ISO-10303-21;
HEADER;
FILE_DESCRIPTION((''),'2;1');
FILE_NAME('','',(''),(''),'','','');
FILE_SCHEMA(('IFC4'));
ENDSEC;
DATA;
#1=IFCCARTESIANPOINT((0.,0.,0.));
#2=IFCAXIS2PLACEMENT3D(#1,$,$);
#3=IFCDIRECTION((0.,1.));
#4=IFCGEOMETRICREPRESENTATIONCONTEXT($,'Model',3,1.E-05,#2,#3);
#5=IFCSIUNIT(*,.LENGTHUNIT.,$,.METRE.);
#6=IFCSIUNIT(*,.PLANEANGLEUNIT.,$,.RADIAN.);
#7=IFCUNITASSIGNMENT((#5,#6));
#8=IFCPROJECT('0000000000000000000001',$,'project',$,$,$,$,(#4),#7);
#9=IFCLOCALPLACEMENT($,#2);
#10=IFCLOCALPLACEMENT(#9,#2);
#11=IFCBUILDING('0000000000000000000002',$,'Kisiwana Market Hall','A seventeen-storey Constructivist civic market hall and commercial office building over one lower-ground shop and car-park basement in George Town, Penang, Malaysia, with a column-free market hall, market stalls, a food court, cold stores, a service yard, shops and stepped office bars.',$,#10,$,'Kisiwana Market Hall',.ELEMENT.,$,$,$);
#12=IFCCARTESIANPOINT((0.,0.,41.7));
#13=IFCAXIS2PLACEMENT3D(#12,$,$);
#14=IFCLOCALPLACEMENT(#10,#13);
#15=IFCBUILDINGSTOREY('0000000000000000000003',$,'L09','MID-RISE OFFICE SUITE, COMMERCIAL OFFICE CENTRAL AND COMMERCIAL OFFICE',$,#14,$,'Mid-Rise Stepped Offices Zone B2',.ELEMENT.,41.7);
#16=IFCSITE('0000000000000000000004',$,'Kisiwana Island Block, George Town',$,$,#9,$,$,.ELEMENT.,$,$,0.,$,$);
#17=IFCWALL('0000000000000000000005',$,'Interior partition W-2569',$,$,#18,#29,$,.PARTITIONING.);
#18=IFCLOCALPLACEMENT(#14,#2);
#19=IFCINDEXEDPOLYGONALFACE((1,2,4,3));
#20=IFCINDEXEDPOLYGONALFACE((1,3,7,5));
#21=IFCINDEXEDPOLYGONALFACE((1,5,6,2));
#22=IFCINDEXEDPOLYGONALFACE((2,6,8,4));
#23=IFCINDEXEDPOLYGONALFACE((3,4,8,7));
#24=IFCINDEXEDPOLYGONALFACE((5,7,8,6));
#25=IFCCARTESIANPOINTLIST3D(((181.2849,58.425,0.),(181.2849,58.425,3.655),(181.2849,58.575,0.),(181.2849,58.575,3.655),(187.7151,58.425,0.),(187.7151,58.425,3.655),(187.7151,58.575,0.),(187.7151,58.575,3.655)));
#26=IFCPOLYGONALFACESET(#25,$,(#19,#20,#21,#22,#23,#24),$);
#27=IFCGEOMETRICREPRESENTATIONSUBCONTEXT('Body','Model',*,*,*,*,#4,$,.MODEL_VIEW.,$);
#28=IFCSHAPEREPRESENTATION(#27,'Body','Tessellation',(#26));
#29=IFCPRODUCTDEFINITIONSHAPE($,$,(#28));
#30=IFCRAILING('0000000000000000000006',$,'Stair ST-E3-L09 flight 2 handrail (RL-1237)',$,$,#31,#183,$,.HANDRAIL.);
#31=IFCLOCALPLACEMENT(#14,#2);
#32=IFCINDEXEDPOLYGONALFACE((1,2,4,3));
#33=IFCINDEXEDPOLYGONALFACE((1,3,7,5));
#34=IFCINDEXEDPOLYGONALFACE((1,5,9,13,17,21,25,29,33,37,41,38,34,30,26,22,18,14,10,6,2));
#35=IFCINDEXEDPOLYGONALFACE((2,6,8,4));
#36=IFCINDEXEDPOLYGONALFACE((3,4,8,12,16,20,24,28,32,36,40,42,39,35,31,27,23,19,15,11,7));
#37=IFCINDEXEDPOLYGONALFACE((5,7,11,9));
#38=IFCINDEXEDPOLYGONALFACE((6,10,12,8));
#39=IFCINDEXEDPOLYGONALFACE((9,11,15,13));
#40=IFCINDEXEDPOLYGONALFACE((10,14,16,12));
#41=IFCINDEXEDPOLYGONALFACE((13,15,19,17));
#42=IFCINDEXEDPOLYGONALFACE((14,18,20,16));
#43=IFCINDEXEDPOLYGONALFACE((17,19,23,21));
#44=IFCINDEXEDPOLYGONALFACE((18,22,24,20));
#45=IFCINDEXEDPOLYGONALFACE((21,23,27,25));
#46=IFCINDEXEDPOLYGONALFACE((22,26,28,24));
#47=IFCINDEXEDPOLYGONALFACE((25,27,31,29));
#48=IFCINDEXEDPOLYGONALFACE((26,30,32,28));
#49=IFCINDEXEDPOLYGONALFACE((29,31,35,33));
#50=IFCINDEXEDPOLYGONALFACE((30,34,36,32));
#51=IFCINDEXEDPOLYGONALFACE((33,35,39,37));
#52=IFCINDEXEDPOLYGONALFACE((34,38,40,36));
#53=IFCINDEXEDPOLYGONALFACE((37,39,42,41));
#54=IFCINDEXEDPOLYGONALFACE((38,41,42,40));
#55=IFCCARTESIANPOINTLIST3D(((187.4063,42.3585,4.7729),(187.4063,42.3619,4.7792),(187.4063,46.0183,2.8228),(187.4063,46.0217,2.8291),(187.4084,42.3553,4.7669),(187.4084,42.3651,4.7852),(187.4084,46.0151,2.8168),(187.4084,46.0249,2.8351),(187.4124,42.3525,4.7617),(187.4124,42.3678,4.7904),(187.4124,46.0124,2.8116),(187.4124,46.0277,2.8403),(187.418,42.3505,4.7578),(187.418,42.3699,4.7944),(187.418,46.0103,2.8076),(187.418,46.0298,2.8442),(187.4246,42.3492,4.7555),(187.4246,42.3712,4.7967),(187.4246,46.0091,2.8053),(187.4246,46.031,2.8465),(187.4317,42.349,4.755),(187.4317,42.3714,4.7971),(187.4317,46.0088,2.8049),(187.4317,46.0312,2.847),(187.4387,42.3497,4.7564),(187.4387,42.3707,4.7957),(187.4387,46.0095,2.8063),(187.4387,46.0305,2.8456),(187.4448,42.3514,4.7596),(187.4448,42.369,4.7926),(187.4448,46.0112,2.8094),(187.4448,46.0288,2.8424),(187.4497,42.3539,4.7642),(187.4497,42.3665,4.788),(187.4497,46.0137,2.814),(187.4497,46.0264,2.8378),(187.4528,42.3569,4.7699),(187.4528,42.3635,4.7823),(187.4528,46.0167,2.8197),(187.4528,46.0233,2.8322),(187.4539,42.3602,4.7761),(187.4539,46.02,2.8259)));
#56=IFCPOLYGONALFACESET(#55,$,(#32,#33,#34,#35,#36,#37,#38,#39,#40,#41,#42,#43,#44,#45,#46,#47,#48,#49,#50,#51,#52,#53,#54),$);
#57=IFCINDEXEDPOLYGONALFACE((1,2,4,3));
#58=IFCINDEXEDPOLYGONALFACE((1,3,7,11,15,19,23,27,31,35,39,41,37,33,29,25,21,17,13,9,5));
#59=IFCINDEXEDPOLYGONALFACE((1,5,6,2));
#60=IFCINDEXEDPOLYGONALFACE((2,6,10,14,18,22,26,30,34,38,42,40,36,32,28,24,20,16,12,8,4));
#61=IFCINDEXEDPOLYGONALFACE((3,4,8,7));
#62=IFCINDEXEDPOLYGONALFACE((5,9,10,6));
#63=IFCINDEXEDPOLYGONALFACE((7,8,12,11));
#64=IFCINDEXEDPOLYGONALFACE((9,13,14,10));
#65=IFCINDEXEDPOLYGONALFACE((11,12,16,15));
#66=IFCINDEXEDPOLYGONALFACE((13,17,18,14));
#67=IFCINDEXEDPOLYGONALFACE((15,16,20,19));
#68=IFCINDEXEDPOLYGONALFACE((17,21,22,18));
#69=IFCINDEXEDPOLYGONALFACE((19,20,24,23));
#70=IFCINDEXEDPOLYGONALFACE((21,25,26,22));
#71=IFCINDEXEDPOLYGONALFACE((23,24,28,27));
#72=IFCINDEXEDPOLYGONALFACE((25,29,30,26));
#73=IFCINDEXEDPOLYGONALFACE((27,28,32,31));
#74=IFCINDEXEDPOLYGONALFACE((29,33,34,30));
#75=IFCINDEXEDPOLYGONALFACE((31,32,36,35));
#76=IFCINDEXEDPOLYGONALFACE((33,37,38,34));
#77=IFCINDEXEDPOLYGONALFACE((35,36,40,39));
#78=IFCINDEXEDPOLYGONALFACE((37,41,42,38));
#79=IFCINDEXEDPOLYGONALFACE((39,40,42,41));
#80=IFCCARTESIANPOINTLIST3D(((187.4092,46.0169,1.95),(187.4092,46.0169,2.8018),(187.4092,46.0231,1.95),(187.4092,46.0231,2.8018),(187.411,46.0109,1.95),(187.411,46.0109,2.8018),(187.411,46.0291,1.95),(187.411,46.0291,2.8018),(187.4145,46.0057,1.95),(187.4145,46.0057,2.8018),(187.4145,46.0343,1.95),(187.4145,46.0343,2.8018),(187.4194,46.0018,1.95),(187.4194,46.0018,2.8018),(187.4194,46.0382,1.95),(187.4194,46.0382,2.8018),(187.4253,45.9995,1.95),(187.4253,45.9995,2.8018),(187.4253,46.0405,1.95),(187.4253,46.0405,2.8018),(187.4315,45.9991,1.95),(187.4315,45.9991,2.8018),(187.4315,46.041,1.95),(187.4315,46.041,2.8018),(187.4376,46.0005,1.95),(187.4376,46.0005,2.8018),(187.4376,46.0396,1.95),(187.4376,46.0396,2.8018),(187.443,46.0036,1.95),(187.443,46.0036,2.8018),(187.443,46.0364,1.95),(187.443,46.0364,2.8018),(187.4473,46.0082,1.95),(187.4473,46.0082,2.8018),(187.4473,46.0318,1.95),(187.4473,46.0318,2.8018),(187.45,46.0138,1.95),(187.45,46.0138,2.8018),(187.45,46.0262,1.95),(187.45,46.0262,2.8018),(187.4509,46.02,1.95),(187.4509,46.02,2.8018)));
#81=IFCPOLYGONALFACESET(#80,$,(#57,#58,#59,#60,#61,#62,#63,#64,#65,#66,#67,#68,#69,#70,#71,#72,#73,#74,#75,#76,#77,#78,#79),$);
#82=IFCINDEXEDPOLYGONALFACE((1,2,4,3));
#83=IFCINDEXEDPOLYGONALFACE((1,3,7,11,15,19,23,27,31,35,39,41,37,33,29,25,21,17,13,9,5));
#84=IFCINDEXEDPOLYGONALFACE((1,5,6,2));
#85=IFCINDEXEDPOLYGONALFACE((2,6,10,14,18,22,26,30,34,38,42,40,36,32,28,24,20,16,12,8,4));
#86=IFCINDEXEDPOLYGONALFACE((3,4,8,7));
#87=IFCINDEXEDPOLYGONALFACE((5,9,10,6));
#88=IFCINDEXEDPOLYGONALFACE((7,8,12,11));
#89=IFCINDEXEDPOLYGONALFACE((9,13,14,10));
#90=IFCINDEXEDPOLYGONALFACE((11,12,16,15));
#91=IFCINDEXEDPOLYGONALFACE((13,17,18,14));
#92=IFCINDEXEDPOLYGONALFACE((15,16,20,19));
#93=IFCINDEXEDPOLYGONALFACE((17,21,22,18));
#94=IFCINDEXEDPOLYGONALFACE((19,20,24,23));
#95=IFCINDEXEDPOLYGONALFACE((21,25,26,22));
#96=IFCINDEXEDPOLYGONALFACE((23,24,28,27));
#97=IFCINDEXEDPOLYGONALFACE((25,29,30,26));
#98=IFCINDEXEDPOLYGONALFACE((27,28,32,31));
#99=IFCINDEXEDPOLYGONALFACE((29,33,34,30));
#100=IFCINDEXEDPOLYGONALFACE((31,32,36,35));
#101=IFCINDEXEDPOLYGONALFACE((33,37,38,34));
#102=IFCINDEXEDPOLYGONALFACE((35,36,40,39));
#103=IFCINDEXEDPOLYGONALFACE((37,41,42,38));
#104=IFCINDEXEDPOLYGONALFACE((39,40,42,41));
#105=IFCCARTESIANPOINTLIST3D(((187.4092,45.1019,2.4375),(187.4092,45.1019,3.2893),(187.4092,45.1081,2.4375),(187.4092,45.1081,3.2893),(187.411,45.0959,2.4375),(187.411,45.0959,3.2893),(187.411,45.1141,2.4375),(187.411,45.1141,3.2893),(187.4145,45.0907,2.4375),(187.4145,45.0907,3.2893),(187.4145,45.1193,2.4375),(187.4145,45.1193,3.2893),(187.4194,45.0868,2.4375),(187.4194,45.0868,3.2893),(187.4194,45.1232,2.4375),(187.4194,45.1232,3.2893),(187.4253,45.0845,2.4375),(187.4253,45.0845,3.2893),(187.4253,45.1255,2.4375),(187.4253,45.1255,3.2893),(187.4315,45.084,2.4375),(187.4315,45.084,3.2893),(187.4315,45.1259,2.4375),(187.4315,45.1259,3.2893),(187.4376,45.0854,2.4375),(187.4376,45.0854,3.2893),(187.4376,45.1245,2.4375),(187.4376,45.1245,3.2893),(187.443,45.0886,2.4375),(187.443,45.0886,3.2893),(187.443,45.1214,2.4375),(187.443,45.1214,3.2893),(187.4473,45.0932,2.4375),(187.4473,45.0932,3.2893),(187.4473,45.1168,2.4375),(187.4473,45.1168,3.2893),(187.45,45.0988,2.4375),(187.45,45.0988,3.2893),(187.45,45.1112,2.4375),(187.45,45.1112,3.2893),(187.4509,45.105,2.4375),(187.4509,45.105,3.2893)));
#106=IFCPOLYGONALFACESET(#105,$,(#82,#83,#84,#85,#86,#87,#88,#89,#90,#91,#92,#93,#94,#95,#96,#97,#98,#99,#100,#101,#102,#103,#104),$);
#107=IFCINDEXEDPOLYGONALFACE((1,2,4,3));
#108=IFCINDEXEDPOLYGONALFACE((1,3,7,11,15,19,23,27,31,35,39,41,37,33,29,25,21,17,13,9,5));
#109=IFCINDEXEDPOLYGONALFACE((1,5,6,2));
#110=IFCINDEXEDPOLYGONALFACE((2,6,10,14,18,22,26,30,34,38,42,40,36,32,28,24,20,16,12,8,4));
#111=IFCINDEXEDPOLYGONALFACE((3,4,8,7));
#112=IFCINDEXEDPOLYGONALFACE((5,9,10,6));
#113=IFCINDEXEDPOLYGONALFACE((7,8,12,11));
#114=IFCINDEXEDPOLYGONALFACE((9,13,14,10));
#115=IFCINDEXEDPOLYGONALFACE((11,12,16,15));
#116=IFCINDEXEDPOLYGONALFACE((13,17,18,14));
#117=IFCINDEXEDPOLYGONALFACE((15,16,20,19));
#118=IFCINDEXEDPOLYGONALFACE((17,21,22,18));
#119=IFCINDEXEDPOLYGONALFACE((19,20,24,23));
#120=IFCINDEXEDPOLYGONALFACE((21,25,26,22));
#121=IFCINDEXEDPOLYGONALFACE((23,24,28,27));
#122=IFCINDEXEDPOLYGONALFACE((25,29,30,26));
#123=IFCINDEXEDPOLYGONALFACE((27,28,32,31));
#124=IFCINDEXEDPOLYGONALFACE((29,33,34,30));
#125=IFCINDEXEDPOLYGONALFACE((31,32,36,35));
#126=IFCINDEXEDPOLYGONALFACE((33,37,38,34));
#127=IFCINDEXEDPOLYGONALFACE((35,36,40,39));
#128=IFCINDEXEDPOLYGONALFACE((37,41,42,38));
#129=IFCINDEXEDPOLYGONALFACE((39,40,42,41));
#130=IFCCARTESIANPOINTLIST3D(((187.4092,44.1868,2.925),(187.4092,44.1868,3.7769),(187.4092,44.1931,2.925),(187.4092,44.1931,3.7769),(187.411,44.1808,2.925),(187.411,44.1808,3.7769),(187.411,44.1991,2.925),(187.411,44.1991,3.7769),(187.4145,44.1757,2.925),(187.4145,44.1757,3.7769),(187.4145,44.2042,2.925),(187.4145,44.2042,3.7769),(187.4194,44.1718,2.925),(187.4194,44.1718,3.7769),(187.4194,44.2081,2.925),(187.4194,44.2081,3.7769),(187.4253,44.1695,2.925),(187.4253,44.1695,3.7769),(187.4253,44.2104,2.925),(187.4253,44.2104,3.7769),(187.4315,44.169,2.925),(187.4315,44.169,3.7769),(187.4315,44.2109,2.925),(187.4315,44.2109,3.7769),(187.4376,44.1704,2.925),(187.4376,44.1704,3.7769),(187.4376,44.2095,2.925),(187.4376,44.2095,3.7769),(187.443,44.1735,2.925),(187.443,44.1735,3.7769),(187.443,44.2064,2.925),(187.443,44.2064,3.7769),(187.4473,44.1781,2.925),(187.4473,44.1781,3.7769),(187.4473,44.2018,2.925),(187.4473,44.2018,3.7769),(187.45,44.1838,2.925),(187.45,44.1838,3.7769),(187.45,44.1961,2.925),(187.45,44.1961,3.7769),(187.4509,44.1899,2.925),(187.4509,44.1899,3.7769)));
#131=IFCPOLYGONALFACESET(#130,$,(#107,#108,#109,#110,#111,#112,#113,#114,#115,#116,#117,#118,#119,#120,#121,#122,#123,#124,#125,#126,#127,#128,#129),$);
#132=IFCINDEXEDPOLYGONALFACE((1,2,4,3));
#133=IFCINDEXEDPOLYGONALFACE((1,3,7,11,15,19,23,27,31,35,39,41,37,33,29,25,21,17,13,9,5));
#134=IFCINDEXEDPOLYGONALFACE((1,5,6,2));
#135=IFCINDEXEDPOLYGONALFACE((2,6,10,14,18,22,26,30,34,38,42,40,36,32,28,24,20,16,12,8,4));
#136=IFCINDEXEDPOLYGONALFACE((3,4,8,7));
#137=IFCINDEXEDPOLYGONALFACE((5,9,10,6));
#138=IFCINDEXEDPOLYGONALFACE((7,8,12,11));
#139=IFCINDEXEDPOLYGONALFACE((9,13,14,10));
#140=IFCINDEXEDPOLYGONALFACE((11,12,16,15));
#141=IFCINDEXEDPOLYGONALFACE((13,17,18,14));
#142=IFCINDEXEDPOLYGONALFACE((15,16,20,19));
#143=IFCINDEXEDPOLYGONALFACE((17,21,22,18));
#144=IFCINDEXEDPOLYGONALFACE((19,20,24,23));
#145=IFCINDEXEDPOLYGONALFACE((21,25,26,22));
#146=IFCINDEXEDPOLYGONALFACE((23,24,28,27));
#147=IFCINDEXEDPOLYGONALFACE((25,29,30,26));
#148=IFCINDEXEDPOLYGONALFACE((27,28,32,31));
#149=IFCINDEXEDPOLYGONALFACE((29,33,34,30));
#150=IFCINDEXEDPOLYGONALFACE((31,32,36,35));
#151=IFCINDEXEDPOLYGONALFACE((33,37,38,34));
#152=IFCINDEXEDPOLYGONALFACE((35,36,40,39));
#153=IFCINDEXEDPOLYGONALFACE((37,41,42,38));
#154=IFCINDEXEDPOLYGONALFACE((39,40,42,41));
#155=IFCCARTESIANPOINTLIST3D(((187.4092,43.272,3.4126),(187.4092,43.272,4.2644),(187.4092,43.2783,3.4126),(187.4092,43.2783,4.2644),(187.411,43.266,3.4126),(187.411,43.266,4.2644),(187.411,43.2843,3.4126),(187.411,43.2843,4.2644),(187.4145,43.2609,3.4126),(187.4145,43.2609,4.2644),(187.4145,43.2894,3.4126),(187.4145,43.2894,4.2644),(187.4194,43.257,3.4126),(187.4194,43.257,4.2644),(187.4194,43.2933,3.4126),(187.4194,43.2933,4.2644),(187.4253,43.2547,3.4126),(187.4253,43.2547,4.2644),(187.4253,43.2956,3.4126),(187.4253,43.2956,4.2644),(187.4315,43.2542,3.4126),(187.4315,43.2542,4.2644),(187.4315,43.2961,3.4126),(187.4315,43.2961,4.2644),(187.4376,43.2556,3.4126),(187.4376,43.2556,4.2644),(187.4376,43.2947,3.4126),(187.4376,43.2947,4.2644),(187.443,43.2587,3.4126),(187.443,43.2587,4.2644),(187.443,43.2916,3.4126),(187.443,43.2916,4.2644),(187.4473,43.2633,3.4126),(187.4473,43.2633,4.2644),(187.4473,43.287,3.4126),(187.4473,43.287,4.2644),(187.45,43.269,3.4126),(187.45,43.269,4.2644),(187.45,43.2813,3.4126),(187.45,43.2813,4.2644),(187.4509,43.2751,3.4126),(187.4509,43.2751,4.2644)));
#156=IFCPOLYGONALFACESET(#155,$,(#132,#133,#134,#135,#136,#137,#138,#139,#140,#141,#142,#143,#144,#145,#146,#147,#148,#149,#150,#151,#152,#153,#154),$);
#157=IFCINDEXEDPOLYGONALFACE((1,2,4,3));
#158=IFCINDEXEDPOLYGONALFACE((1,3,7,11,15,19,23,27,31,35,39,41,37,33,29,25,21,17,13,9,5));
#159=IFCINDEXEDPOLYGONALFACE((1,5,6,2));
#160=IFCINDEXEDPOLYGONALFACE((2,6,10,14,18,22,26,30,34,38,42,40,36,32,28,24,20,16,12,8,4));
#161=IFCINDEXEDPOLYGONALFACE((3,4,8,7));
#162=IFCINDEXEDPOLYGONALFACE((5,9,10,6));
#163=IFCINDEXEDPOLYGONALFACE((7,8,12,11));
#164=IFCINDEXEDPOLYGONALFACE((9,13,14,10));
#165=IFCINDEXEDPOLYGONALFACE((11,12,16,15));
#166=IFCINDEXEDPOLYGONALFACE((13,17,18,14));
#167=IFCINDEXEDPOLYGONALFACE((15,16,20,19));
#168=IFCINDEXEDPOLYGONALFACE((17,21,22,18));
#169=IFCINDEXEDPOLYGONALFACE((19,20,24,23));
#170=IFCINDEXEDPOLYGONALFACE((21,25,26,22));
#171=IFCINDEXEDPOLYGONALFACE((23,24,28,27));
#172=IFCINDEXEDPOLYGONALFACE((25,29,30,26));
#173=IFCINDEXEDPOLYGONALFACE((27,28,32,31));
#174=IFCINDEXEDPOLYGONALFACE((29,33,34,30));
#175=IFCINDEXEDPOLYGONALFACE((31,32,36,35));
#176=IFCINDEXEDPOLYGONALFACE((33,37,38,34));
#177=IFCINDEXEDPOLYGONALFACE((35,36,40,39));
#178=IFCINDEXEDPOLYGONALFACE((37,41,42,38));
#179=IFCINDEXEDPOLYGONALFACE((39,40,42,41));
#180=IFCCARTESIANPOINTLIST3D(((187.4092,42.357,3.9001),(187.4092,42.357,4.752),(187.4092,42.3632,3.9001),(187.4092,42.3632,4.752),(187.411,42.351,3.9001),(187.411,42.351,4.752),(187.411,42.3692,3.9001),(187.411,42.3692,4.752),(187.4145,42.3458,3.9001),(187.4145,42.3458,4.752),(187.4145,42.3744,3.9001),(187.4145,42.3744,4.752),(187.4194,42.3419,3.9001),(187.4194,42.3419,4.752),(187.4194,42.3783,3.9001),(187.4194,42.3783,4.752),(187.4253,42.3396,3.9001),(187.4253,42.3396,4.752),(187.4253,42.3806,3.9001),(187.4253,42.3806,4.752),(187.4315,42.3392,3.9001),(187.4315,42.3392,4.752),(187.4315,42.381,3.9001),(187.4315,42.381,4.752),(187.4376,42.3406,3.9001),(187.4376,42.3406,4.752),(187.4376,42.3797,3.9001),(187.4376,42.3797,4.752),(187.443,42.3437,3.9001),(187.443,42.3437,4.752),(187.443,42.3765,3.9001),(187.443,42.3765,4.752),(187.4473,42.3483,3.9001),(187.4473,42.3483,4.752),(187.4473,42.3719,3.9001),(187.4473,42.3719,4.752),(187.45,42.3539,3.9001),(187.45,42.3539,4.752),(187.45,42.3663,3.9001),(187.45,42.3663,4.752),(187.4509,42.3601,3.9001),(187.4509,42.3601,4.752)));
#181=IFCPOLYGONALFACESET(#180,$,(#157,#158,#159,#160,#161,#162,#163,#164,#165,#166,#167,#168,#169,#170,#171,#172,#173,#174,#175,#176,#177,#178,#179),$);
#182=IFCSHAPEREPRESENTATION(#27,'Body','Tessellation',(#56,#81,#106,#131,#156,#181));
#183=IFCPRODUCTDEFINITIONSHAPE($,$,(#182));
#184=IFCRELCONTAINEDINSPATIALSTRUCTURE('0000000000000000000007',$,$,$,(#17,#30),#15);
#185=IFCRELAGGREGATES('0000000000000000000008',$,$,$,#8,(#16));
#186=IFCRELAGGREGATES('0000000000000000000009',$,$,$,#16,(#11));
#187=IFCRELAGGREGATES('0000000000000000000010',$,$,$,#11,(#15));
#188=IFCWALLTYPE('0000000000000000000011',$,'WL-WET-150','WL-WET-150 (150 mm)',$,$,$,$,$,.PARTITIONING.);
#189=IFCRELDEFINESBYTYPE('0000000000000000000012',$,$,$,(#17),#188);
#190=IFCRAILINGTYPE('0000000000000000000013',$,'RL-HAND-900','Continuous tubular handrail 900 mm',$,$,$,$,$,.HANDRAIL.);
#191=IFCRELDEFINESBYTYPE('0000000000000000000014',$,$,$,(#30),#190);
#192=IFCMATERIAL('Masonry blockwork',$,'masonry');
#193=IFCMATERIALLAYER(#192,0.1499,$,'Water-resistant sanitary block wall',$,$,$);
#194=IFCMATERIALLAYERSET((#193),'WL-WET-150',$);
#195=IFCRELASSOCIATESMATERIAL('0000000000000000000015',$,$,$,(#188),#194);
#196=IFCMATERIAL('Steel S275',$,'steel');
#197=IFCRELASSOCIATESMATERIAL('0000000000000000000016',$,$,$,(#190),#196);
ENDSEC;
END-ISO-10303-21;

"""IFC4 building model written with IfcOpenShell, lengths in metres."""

from ifc_helpers import new_model, si_unit, direction, frame, frame_2d, origin, origin_2d, place, context, subcontext, project, spatial, rectangle, circle, extrude, material, layer, layer_set, type_object, element, save


model = new_model("IFC4")

# Units and contexts
model_context = context("Model", 3, precision=1e-05, world=origin(), true_north=direction((0.0, 1.0)))
body_context = subcontext(model_context, "Body", "Model", "MODEL_VIEW")
ifc_project = project(units=[si_unit("LENGTHUNIT", "METRE"), si_unit("PLANEANGLEUNIT", "RADIAN")], contexts=[model_context])

# Site, building, storey
site_placement = place(None, origin())
site = spatial("IfcSite", under=ifc_project, at=site_placement, Name="Kisiwana Island Block, George Town", CompositionType="ELEMENT", RefElevation=0.0)
building_placement = place(site_placement, origin())
building = spatial("IfcBuilding", under=site, at=building_placement, Name="Kisiwana Market Hall", Description="A seventeen-storey Constructivist civic market hall and commercial office building over one lower-ground shop and car-park basement in George Town, Penang, Malaysia, with a column-free market hall, market stalls, a food court, cold stores, a service yard, shops and stepped office bars.", LongName="Kisiwana Market Hall", CompositionType="ELEMENT")
storey_placement = place(building_placement, frame((0.0, 0.0, 41.7)))
storey = spatial("IfcBuildingStorey", under=building, at=storey_placement, Name="L09", Description="MID-RISE OFFICE SUITE, COMMERCIAL OFFICE CENTRAL AND COMMERCIAL OFFICE", LongName="Mid-Rise Stepped Offices Zone B2", CompositionType="ELEMENT", Elevation=41.7)

# Wall
ifc_material_1 = material(Name="Masonry blockwork", Category="masonry")
ifc_layer_1 = layer(ifc_material_1, 0.1499, Name="Water-resistant sanitary block wall")
ifc_layer_set_1 = layer_set([ifc_layer_1], Name="WL-WET-150")
wall_type_1 = type_object("IfcWallType", Name="WL-WET-150", Description="WL-WET-150 (150 mm)", PredefinedType="PARTITIONING", material=ifc_layer_set_1)
wall_1_placement = place(storey_placement, frame((181.2849, 58.5, 0.0), z_axis=(0.0, 0.0, 1.0), x_axis=(1.0, 0.0, 0.0)))
element("IfcWall", 1, at=wall_1_placement, inside=storey, type_object=wall_type_1, Name="Interior partition W-2569", PredefinedType="PARTITIONING", context=body_context, shape_type="SweptSolid", body=[
    extrude(rectangle(XDim=6.4302, YDim=0.1499, at=frame_2d((3.2151, 0.0))), origin(), (0.0, 0.0, 1.0), 3.655),
])

# Railing
ifc_material_2 = material(Name="Steel S275", Category="steel")
railing_type_1 = type_object("IfcRailingType", Name="RL-HAND-900", Description="Continuous tubular handrail 900 mm", PredefinedType="HANDRAIL", material=ifc_material_2)
for number, where, name in (
    (2, (187.4299, 46.02, 1.95), "Stair ST-E3-L09 flight 2 handrail (RL-1237)"),
):
    element("IfcRailing", number, at=place(storey_placement, frame(where)), inside=storey, type_object=railing_type_1, Name=name, PredefinedType="HANDRAIL", context=body_context, shape_type="SweptSolid", body=[
        extrude(circle(Radius=0.0239, at=origin_2d()), frame((0.0, 0.0, 0.876), z_axis=(0.0, -0.882529, 0.470258), x_axis=(1.0, 0.0, 0.0)), (0.0, 0.0, 1.0), 4.147),
        extrude(circle(Radius=0.021, at=origin_2d()), origin(), (0.0, 0.0, 1.0), 0.8518),
        extrude(circle(Radius=0.021, at=origin_2d()), frame((0.0, -0.915, 0.4875)), (0.0, 0.0, 1.0), 0.8518),
        extrude(circle(Radius=0.021, at=origin_2d()), frame((0.0, -1.8301, 0.9751)), (0.0, 0.0, 1.0), 0.8518),
        extrude(circle(Radius=0.021, at=origin_2d()), frame((0.0, -2.7449, 1.4626)), (0.0, 0.0, 1.0), 0.8518),
        extrude(circle(Radius=0.021, at=origin_2d()), frame((0.0, -3.6599, 1.9502)), (0.0, 0.0, 1.0), 0.8518),
    ])

save(model, "model.ifc")
